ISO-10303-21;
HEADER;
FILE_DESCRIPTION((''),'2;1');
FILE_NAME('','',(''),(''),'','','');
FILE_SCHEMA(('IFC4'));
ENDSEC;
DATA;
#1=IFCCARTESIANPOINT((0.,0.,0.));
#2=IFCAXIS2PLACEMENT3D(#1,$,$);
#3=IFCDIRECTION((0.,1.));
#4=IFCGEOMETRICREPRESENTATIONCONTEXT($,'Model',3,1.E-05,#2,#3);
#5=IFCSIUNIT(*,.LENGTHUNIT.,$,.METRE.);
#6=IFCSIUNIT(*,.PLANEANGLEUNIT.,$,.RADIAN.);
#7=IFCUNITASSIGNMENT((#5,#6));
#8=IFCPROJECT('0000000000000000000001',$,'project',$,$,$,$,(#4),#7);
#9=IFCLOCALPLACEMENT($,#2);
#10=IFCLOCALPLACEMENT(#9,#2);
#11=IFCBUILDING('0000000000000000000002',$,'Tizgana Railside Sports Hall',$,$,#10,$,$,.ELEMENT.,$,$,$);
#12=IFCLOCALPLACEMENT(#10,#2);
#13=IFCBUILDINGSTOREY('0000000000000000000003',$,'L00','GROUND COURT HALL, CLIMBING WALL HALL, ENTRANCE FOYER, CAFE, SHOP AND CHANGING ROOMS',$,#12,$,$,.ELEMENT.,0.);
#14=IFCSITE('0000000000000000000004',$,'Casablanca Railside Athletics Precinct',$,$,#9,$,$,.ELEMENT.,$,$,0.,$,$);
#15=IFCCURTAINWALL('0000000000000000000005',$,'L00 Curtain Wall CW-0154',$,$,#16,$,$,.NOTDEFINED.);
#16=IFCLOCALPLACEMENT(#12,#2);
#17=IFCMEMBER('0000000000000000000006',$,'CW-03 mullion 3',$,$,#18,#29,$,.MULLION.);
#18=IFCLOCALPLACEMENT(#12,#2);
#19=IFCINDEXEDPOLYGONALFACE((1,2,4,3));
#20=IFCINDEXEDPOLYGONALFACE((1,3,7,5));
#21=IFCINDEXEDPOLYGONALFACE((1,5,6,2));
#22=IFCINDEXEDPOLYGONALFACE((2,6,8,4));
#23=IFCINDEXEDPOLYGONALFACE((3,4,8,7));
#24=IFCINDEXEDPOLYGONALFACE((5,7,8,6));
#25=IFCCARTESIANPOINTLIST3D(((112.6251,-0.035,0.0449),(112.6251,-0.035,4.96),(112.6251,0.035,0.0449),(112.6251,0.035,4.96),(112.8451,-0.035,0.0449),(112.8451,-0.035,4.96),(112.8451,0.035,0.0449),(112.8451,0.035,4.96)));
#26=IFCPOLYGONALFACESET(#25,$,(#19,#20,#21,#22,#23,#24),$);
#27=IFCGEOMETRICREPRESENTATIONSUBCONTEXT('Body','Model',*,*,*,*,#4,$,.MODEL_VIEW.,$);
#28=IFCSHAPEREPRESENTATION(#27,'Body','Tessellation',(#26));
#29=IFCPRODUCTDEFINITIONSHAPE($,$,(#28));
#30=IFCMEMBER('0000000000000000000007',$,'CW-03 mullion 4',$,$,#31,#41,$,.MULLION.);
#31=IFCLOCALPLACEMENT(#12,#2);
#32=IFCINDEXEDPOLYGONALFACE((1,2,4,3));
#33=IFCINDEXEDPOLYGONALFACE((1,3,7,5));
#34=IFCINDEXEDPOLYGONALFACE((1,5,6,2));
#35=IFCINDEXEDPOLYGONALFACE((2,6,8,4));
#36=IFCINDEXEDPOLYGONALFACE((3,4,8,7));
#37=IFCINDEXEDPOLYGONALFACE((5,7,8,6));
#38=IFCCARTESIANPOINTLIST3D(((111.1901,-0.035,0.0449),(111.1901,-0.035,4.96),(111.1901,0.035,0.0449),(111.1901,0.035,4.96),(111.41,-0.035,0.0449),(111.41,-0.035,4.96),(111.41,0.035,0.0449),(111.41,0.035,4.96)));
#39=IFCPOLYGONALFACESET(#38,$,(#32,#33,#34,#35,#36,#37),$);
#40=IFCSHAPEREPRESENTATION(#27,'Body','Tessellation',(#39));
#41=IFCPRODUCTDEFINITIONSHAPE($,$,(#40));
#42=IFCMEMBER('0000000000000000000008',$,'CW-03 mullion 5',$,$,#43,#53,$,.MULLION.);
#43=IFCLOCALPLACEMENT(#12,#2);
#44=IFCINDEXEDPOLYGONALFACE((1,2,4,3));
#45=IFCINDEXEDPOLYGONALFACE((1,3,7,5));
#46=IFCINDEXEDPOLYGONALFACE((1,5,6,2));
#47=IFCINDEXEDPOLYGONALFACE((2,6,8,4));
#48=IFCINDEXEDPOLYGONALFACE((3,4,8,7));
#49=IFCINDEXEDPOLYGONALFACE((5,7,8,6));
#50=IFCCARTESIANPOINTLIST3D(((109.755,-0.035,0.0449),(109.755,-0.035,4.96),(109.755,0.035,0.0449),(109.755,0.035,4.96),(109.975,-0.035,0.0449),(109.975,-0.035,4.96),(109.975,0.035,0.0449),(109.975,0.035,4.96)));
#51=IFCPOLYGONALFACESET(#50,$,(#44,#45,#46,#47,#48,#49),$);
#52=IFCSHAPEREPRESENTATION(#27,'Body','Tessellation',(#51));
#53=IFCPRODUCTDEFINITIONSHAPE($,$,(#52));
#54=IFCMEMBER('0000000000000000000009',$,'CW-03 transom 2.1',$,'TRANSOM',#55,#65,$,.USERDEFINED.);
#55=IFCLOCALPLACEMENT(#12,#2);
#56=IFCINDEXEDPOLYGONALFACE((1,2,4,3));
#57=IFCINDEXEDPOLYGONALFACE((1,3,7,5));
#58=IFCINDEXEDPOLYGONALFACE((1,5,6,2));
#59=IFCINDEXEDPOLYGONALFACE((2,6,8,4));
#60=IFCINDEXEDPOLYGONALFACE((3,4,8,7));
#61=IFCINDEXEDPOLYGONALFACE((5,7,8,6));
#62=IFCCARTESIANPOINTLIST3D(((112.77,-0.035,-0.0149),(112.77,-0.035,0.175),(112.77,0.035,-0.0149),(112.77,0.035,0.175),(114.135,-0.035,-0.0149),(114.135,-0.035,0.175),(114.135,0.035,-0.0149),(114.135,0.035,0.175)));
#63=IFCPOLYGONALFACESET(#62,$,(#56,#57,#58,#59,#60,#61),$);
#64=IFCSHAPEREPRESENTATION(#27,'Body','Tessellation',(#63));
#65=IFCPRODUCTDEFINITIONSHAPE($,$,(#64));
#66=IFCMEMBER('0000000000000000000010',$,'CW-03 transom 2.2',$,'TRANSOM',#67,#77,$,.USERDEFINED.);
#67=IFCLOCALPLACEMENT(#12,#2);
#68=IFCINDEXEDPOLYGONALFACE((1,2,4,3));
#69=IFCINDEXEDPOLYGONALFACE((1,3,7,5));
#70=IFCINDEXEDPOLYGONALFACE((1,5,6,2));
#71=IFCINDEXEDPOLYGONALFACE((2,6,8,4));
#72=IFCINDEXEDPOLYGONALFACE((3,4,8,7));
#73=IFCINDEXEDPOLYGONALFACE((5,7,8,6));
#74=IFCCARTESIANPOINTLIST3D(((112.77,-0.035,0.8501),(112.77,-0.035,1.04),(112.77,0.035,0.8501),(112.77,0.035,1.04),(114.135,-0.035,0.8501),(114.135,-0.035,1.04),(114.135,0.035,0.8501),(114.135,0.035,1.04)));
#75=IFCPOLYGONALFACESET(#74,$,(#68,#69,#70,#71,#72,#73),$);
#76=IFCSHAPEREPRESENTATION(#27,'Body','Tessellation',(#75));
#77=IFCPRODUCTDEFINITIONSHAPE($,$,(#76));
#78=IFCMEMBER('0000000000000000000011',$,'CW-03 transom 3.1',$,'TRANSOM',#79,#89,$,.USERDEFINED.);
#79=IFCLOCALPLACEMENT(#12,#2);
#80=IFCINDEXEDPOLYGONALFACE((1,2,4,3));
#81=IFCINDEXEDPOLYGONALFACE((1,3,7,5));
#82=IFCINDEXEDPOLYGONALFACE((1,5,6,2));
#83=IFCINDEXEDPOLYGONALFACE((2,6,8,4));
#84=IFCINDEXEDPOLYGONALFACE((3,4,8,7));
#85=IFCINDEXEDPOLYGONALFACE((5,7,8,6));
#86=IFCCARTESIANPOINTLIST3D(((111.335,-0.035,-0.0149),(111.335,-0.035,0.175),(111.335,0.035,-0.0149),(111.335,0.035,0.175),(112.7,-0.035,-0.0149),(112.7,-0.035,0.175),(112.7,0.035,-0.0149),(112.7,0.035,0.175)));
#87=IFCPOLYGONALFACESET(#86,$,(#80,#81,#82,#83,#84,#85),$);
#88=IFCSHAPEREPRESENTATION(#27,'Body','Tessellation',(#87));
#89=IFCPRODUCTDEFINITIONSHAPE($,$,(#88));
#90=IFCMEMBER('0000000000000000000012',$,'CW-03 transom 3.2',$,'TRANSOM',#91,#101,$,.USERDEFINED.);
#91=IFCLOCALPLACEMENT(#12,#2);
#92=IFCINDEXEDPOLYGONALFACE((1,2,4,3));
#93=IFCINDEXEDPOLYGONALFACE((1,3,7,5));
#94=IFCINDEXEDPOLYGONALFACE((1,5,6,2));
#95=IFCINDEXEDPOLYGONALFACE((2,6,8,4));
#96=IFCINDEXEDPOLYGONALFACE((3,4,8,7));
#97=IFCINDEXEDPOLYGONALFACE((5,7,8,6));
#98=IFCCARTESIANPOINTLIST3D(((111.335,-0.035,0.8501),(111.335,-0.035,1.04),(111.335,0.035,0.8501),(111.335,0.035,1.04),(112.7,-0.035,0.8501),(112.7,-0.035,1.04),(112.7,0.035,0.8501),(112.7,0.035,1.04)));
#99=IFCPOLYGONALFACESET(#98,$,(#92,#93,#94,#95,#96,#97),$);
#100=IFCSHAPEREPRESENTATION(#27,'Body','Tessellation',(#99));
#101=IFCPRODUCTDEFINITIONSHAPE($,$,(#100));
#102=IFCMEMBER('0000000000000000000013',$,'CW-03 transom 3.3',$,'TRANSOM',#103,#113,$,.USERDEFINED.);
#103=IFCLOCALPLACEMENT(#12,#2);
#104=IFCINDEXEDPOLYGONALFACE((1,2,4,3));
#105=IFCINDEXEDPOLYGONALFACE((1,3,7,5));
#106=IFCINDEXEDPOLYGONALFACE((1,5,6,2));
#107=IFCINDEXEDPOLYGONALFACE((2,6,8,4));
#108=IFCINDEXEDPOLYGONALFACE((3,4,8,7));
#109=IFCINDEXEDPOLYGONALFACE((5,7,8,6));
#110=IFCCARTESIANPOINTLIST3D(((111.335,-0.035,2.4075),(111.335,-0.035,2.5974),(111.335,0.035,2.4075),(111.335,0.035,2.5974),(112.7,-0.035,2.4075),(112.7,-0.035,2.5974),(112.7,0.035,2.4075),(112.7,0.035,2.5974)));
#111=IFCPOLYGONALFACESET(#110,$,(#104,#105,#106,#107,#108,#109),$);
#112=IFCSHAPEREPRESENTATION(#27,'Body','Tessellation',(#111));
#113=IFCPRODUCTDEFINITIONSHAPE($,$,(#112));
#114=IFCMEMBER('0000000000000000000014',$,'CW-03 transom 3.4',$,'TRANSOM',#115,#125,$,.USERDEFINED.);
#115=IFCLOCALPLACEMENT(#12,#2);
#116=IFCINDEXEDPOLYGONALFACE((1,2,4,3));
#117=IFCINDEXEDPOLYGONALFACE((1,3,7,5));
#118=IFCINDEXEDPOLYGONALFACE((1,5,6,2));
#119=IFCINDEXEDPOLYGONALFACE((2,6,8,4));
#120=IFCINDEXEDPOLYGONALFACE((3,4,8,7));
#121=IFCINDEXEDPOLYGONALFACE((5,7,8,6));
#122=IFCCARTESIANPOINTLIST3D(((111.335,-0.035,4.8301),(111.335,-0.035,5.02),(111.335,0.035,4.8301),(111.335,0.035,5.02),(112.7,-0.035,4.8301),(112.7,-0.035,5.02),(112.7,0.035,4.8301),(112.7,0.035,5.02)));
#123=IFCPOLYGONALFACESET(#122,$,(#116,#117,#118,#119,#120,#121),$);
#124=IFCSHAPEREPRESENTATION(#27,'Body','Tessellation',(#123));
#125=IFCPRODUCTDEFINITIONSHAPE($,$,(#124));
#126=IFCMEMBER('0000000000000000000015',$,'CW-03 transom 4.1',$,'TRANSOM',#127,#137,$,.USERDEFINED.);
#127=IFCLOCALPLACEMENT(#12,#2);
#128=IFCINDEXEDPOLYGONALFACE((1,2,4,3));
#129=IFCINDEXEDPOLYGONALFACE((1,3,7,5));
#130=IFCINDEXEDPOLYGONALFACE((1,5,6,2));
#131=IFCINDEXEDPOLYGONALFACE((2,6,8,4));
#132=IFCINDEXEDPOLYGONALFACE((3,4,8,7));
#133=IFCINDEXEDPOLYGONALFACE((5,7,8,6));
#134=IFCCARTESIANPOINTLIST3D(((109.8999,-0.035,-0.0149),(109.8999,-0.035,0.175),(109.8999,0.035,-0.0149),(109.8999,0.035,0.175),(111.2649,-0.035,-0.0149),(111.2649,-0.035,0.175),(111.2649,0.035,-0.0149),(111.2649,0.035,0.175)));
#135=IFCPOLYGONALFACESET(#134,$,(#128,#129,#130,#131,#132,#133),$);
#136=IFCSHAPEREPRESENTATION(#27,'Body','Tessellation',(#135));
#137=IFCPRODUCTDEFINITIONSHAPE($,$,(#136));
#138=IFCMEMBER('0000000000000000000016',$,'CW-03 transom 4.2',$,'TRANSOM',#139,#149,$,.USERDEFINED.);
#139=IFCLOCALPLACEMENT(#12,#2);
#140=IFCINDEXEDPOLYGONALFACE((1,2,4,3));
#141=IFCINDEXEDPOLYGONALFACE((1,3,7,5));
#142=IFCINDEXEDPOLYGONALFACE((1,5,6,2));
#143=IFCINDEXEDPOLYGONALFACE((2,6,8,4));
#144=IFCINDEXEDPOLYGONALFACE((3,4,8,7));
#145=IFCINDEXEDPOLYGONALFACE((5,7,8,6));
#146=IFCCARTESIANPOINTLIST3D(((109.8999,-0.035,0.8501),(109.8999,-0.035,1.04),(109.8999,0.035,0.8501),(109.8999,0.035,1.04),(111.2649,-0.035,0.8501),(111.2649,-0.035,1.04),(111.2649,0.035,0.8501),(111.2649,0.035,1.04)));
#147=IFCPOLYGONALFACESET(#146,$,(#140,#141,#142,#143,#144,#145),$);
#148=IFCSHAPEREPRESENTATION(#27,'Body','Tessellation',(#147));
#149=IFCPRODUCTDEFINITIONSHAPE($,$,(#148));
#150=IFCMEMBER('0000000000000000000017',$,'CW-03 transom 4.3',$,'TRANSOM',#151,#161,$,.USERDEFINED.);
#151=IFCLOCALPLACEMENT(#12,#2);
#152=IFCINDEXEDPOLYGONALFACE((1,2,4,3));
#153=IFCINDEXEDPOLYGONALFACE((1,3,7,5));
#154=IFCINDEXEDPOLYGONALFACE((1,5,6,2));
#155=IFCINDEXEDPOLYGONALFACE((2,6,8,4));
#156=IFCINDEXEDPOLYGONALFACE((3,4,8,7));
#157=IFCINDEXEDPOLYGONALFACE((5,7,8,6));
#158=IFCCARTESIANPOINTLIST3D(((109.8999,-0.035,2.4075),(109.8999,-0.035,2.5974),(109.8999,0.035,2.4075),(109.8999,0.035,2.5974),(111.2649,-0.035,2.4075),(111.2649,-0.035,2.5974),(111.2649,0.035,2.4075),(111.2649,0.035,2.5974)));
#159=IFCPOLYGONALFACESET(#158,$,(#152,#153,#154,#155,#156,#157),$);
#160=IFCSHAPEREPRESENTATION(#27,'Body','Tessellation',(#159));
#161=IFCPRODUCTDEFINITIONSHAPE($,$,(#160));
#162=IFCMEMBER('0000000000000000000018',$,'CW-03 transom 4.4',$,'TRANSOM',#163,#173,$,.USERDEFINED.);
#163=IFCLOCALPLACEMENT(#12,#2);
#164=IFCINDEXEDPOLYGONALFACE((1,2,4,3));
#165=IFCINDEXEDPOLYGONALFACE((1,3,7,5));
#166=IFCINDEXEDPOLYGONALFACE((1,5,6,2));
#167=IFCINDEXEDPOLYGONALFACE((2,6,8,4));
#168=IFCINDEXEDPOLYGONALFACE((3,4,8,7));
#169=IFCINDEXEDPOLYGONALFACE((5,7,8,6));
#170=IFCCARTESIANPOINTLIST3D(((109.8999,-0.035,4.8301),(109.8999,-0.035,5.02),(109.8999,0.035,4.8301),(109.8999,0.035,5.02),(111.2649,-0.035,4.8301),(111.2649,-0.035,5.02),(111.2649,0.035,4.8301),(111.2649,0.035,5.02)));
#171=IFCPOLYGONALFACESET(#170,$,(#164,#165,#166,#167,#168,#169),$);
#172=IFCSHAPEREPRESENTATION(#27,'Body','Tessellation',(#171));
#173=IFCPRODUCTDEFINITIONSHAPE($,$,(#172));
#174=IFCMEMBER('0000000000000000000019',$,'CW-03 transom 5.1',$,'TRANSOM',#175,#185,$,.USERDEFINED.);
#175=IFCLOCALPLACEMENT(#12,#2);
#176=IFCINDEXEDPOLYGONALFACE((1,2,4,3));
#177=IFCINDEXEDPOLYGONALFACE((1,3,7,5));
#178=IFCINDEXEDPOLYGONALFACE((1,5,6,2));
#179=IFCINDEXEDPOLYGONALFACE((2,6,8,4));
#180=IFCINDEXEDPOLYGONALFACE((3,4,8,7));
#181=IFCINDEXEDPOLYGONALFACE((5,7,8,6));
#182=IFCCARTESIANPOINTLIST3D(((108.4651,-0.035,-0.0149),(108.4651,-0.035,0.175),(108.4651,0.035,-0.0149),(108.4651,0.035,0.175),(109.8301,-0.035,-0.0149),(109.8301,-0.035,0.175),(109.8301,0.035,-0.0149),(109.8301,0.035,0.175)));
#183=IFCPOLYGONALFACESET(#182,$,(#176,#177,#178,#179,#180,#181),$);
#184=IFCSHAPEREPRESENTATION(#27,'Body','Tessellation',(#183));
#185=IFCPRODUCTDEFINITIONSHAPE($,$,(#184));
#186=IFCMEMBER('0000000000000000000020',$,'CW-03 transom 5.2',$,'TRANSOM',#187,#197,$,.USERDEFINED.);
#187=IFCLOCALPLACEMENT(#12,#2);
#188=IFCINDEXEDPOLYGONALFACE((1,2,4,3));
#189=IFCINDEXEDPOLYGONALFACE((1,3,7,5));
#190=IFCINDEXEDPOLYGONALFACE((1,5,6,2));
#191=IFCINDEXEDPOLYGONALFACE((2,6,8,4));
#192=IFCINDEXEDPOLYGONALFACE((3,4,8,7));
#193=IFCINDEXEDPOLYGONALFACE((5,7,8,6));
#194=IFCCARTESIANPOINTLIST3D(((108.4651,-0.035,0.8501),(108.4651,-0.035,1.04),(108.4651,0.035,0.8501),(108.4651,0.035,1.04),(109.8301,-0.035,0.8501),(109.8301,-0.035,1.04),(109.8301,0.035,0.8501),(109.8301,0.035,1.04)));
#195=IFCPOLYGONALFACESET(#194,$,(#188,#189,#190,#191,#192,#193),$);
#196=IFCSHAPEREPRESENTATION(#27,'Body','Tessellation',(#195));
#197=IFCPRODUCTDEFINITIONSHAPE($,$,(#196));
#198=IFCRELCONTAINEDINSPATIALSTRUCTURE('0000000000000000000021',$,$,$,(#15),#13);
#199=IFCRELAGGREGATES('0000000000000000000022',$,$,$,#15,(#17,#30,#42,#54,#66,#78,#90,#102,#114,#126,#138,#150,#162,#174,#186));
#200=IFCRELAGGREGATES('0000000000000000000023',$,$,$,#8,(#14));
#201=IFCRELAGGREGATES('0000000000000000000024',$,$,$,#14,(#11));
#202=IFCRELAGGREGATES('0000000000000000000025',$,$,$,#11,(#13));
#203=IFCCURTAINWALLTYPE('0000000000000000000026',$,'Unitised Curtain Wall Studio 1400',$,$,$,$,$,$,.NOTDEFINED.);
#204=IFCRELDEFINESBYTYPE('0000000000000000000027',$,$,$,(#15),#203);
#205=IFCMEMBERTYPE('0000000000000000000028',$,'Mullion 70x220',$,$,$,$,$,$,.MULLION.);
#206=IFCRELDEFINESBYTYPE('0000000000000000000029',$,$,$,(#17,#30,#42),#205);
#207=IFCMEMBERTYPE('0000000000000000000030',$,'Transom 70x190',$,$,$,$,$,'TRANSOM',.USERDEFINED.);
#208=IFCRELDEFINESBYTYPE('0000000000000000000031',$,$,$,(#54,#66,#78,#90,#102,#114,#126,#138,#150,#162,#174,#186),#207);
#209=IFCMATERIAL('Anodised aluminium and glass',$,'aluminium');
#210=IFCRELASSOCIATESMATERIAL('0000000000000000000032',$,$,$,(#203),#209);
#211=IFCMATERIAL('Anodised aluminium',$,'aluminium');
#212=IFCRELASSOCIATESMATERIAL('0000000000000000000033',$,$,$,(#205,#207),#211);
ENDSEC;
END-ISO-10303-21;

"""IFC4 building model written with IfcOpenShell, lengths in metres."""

from ifc_helpers import new_model, si_unit, direction, frame, origin, origin_2d, place, context, subcontext, project, spatial, rectangle, extrude, material, material_profile, profile_set, type_object, element, aggregate, save


model = new_model("IFC4")

# Units and contexts
model_context = context("Model", 3, precision=1e-05, world=origin(), true_north=direction((0.0, 1.0)))
body_context = subcontext(model_context, "Body", "Model", "MODEL_VIEW")
ifc_project = project(units=[si_unit("LENGTHUNIT", "METRE"), si_unit("PLANEANGLEUNIT", "RADIAN")], contexts=[model_context])

# Site, building, storey
site_placement = place(None, origin())
site = spatial("IfcSite", under=ifc_project, at=site_placement, Name="Casablanca Railside Athletics Precinct", CompositionType="ELEMENT", RefElevation=0.0)
building_placement = place(site_placement, origin())
building = spatial("IfcBuilding", under=site, at=building_placement, Name="Tizgana Railside Sports Hall", CompositionType="ELEMENT")
storey_placement = place(building_placement, origin())
storey = spatial("IfcBuildingStorey", under=building, at=storey_placement, Name="L00", Description="GROUND COURT HALL, CLIMBING WALL HALL, ENTRANCE FOYER, CAFE, SHOP AND CHANGING ROOMS", CompositionType="ELEMENT", Elevation=0.0)

# Curtain wall, members
ifc_material_1 = material(Name="Anodised aluminium and glass", Category="aluminium")
curtain_wall_type = type_object("IfcCurtainWallType", Name="Unitised Curtain Wall Studio 1400", PredefinedType="NOTDEFINED", material=ifc_material_1)
curtain_wall_placement = place(storey_placement, origin())
curtain_wall = element("IfcCurtainWall", 1, at=curtain_wall_placement, inside=storey, type_object=curtain_wall_type, Name="L00 Curtain Wall CW-0154", PredefinedType="NOTDEFINED")
ifc_material_2 = material(Name="Anodised aluminium", Category="aluminium")
ifc_material_profile_1 = material_profile(ifc_material_2, rectangle(XDim=0.0701, YDim=0.22, at=origin_2d()), Name="Mullion 70x220")
ifc_profile_set_1 = profile_set([ifc_material_profile_1], Name="Anodised aluminium")
member_type_1 = type_object("IfcMemberType", Name="Mullion 70x220", PredefinedType="MULLION", material=ifc_profile_set_1)
member_1_placement = place(storey_placement, frame((112.7351, 0.0, 0.0449), z_axis=(0.0, 0.0, 1.0), x_axis=(0.0, -1.0, 0.0)))
member_1 = element("IfcMember", 2, at=member_1_placement, type_object=member_type_1, Name="CW-03 mullion 3", PredefinedType="MULLION", context=body_context, shape_type="SweptSolid", body=[
    extrude(rectangle(XDim=0.0701, YDim=0.22, at=origin_2d()), origin(), (0.0, 0.0, 1.0), 4.915),
])
member_2_placement = place(storey_placement, frame((111.3, 0.0, 0.0449), z_axis=(0.0, 0.0, 1.0), x_axis=(0.0, -1.0, 0.0)))
member_2 = element("IfcMember", 3, at=member_2_placement, type_object=member_type_1, Name="CW-03 mullion 4", PredefinedType="MULLION", context=body_context, shape_type="SweptSolid", body=[
    extrude(rectangle(XDim=0.0701, YDim=0.22, at=origin_2d()), origin(), (0.0, 0.0, 1.0), 4.915),
])
member_3_placement = place(storey_placement, frame((109.865, 0.0, 0.0449), z_axis=(0.0, 0.0, 1.0), x_axis=(0.0, -1.0, 0.0)))
member_3 = element("IfcMember", 4, at=member_3_placement, type_object=member_type_1, Name="CW-03 mullion 5", PredefinedType="MULLION", context=body_context, shape_type="SweptSolid", body=[
    extrude(rectangle(XDim=0.0701, YDim=0.22, at=origin_2d()), origin(), (0.0, 0.0, 1.0), 4.915),
])
ifc_material_profile_2 = material_profile(ifc_material_2, rectangle(XDim=0.0701, YDim=0.1899, at=origin_2d()), Name="Transom 70x190")
ifc_profile_set_2 = profile_set([ifc_material_profile_2], Name="Anodised aluminium")
member_type_2 = type_object("IfcMemberType", Name="Transom 70x190", ElementType="TRANSOM", PredefinedType="USERDEFINED", material=ifc_profile_set_2)
member_4_placement = place(storey_placement, frame((114.135, 0.0, 0.0801), z_axis=(-1.0, 0.0, 0.0), x_axis=(0.0, -1.0, 0.0)))
member_4 = element("IfcMember", 5, at=member_4_placement, type_object=member_type_2, Name="CW-03 transom 2.1", ObjectType="TRANSOM", PredefinedType="USERDEFINED", context=body_context, shape_type="SweptSolid", body=[
    extrude(rectangle(XDim=0.0701, YDim=0.1899, at=origin_2d()), origin(), (0.0, 0.0, 1.0), 1.365),
])
member_5_placement = place(storey_placement, frame((114.135, 0.0, 0.9451), z_axis=(-1.0, 0.0, 0.0), x_axis=(0.0, -1.0, 0.0)))
member_5 = element("IfcMember", 6, at=member_5_placement, type_object=member_type_2, Name="CW-03 transom 2.2", ObjectType="TRANSOM", PredefinedType="USERDEFINED", context=body_context, shape_type="SweptSolid", body=[
    extrude(rectangle(XDim=0.0701, YDim=0.1899, at=origin_2d()), origin(), (0.0, 0.0, 1.0), 1.365),
])
member_6_placement = place(storey_placement, frame((112.7, 0.0, 0.0801), z_axis=(-1.0, 0.0, 0.0), x_axis=(0.0, -1.0, 0.0)))
member_6 = element("IfcMember", 7, at=member_6_placement, type_object=member_type_2, Name="CW-03 transom 3.1", ObjectType="TRANSOM", PredefinedType="USERDEFINED", context=body_context, shape_type="SweptSolid", body=[
    extrude(rectangle(XDim=0.0701, YDim=0.1899, at=origin_2d()), origin(), (0.0, 0.0, 1.0), 1.365),
])
member_7_placement = place(storey_placement, frame((112.7, 0.0, 0.9451), z_axis=(-1.0, 0.0, 0.0), x_axis=(0.0, -1.0, 0.0)))
member_7 = element("IfcMember", 8, at=member_7_placement, type_object=member_type_2, Name="CW-03 transom 3.2", ObjectType="TRANSOM", PredefinedType="USERDEFINED", context=body_context, shape_type="SweptSolid", body=[
    extrude(rectangle(XDim=0.0701, YDim=0.1899, at=origin_2d()), origin(), (0.0, 0.0, 1.0), 1.365),
])
member_8_placement = place(storey_placement, frame((112.7, 0.0, 2.5024), z_axis=(-1.0, 0.0, 0.0), x_axis=(0.0, -1.0, 0.0)))
member_8 = element("IfcMember", 9, at=member_8_placement, type_object=member_type_2, Name="CW-03 transom 3.3", ObjectType="TRANSOM", PredefinedType="USERDEFINED", context=body_context, shape_type="SweptSolid", body=[
    extrude(rectangle(XDim=0.0701, YDim=0.1899, at=origin_2d()), origin(), (0.0, 0.0, 1.0), 1.365),
])
member_9_placement = place(storey_placement, frame((112.7, 0.0, 4.925), z_axis=(-1.0, 0.0, 0.0), x_axis=(0.0, -1.0, 0.0)))
member_9 = element("IfcMember", 10, at=member_9_placement, type_object=member_type_2, Name="CW-03 transom 3.4", ObjectType="TRANSOM", PredefinedType="USERDEFINED", context=body_context, shape_type="SweptSolid", body=[
    extrude(rectangle(XDim=0.0701, YDim=0.1899, at=origin_2d()), origin(), (0.0, 0.0, 1.0), 1.365),
])
member_10_placement = place(storey_placement, frame((111.2649, 0.0, 0.0801), z_axis=(-1.0, 0.0, 0.0), x_axis=(0.0, -1.0, 0.0)))
member_10 = element("IfcMember", 11, at=member_10_placement, type_object=member_type_2, Name="CW-03 transom 4.1", ObjectType="TRANSOM", PredefinedType="USERDEFINED", context=body_context, shape_type="SweptSolid", body=[
    extrude(rectangle(XDim=0.0701, YDim=0.1899, at=origin_2d()), origin(), (0.0, 0.0, 1.0), 1.365),
])
member_11_placement = place(storey_placement, frame((111.2649, 0.0, 0.9451), z_axis=(-1.0, 0.0, 0.0), x_axis=(0.0, -1.0, 0.0)))
member_11 = element("IfcMember", 12, at=member_11_placement, type_object=member_type_2, Name="CW-03 transom 4.2", ObjectType="TRANSOM", PredefinedType="USERDEFINED", context=body_context, shape_type="SweptSolid", body=[
    extrude(rectangle(XDim=0.0701, YDim=0.1899, at=origin_2d()), origin(), (0.0, 0.0, 1.0), 1.365),
])
member_12_placement = place(storey_placement, frame((111.2649, 0.0, 2.5024), z_axis=(-1.0, 0.0, 0.0), x_axis=(0.0, -1.0, 0.0)))
member_12 = element("IfcMember", 13, at=member_12_placement, type_object=member_type_2, Name="CW-03 transom 4.3", ObjectType="TRANSOM", PredefinedType="USERDEFINED", context=body_context, shape_type="SweptSolid", body=[
    extrude(rectangle(XDim=0.0701, YDim=0.1899, at=origin_2d()), origin(), (0.0, 0.0, 1.0), 1.365),
])
member_13_placement = place(storey_placement, frame((111.2649, 0.0, 4.925), z_axis=(-1.0, 0.0, 0.0), x_axis=(0.0, -1.0, 0.0)))
member_13 = element("IfcMember", 14, at=member_13_placement, type_object=member_type_2, Name="CW-03 transom 4.4", ObjectType="TRANSOM", PredefinedType="USERDEFINED", context=body_context, shape_type="SweptSolid", body=[
    extrude(rectangle(XDim=0.0701, YDim=0.1899, at=origin_2d()), origin(), (0.0, 0.0, 1.0), 1.365),
])
member_14_placement = place(storey_placement, frame((109.8301, 0.0, 0.0801), z_axis=(-1.0, 0.0, 0.0), x_axis=(0.0, -1.0, 0.0)))
member_14 = element("IfcMember", 15, at=member_14_placement, type_object=member_type_2, Name="CW-03 transom 5.1", ObjectType="TRANSOM", PredefinedType="USERDEFINED", context=body_context, shape_type="SweptSolid", body=[
    extrude(rectangle(XDim=0.0701, YDim=0.1899, at=origin_2d()), origin(), (0.0, 0.0, 1.0), 1.365),
])
member_15_placement = place(storey_placement, frame((109.8301, 0.0, 0.9451), z_axis=(-1.0, 0.0, 0.0), x_axis=(0.0, -1.0, 0.0)))
member_15 = element("IfcMember", 16, at=member_15_placement, type_object=member_type_2, Name="CW-03 transom 5.2", ObjectType="TRANSOM", PredefinedType="USERDEFINED", context=body_context, shape_type="SweptSolid", body=[
    extrude(rectangle(XDim=0.0701, YDim=0.1899, at=origin_2d()), origin(), (0.0, 0.0, 1.0), 1.365),
])
aggregate(curtain_wall, [member_1, member_2, member_3, member_4, member_5, member_6, member_7, member_8, member_9, member_10, member_11, member_12, member_13, member_14, member_15])

save(model, "model.ifc")
